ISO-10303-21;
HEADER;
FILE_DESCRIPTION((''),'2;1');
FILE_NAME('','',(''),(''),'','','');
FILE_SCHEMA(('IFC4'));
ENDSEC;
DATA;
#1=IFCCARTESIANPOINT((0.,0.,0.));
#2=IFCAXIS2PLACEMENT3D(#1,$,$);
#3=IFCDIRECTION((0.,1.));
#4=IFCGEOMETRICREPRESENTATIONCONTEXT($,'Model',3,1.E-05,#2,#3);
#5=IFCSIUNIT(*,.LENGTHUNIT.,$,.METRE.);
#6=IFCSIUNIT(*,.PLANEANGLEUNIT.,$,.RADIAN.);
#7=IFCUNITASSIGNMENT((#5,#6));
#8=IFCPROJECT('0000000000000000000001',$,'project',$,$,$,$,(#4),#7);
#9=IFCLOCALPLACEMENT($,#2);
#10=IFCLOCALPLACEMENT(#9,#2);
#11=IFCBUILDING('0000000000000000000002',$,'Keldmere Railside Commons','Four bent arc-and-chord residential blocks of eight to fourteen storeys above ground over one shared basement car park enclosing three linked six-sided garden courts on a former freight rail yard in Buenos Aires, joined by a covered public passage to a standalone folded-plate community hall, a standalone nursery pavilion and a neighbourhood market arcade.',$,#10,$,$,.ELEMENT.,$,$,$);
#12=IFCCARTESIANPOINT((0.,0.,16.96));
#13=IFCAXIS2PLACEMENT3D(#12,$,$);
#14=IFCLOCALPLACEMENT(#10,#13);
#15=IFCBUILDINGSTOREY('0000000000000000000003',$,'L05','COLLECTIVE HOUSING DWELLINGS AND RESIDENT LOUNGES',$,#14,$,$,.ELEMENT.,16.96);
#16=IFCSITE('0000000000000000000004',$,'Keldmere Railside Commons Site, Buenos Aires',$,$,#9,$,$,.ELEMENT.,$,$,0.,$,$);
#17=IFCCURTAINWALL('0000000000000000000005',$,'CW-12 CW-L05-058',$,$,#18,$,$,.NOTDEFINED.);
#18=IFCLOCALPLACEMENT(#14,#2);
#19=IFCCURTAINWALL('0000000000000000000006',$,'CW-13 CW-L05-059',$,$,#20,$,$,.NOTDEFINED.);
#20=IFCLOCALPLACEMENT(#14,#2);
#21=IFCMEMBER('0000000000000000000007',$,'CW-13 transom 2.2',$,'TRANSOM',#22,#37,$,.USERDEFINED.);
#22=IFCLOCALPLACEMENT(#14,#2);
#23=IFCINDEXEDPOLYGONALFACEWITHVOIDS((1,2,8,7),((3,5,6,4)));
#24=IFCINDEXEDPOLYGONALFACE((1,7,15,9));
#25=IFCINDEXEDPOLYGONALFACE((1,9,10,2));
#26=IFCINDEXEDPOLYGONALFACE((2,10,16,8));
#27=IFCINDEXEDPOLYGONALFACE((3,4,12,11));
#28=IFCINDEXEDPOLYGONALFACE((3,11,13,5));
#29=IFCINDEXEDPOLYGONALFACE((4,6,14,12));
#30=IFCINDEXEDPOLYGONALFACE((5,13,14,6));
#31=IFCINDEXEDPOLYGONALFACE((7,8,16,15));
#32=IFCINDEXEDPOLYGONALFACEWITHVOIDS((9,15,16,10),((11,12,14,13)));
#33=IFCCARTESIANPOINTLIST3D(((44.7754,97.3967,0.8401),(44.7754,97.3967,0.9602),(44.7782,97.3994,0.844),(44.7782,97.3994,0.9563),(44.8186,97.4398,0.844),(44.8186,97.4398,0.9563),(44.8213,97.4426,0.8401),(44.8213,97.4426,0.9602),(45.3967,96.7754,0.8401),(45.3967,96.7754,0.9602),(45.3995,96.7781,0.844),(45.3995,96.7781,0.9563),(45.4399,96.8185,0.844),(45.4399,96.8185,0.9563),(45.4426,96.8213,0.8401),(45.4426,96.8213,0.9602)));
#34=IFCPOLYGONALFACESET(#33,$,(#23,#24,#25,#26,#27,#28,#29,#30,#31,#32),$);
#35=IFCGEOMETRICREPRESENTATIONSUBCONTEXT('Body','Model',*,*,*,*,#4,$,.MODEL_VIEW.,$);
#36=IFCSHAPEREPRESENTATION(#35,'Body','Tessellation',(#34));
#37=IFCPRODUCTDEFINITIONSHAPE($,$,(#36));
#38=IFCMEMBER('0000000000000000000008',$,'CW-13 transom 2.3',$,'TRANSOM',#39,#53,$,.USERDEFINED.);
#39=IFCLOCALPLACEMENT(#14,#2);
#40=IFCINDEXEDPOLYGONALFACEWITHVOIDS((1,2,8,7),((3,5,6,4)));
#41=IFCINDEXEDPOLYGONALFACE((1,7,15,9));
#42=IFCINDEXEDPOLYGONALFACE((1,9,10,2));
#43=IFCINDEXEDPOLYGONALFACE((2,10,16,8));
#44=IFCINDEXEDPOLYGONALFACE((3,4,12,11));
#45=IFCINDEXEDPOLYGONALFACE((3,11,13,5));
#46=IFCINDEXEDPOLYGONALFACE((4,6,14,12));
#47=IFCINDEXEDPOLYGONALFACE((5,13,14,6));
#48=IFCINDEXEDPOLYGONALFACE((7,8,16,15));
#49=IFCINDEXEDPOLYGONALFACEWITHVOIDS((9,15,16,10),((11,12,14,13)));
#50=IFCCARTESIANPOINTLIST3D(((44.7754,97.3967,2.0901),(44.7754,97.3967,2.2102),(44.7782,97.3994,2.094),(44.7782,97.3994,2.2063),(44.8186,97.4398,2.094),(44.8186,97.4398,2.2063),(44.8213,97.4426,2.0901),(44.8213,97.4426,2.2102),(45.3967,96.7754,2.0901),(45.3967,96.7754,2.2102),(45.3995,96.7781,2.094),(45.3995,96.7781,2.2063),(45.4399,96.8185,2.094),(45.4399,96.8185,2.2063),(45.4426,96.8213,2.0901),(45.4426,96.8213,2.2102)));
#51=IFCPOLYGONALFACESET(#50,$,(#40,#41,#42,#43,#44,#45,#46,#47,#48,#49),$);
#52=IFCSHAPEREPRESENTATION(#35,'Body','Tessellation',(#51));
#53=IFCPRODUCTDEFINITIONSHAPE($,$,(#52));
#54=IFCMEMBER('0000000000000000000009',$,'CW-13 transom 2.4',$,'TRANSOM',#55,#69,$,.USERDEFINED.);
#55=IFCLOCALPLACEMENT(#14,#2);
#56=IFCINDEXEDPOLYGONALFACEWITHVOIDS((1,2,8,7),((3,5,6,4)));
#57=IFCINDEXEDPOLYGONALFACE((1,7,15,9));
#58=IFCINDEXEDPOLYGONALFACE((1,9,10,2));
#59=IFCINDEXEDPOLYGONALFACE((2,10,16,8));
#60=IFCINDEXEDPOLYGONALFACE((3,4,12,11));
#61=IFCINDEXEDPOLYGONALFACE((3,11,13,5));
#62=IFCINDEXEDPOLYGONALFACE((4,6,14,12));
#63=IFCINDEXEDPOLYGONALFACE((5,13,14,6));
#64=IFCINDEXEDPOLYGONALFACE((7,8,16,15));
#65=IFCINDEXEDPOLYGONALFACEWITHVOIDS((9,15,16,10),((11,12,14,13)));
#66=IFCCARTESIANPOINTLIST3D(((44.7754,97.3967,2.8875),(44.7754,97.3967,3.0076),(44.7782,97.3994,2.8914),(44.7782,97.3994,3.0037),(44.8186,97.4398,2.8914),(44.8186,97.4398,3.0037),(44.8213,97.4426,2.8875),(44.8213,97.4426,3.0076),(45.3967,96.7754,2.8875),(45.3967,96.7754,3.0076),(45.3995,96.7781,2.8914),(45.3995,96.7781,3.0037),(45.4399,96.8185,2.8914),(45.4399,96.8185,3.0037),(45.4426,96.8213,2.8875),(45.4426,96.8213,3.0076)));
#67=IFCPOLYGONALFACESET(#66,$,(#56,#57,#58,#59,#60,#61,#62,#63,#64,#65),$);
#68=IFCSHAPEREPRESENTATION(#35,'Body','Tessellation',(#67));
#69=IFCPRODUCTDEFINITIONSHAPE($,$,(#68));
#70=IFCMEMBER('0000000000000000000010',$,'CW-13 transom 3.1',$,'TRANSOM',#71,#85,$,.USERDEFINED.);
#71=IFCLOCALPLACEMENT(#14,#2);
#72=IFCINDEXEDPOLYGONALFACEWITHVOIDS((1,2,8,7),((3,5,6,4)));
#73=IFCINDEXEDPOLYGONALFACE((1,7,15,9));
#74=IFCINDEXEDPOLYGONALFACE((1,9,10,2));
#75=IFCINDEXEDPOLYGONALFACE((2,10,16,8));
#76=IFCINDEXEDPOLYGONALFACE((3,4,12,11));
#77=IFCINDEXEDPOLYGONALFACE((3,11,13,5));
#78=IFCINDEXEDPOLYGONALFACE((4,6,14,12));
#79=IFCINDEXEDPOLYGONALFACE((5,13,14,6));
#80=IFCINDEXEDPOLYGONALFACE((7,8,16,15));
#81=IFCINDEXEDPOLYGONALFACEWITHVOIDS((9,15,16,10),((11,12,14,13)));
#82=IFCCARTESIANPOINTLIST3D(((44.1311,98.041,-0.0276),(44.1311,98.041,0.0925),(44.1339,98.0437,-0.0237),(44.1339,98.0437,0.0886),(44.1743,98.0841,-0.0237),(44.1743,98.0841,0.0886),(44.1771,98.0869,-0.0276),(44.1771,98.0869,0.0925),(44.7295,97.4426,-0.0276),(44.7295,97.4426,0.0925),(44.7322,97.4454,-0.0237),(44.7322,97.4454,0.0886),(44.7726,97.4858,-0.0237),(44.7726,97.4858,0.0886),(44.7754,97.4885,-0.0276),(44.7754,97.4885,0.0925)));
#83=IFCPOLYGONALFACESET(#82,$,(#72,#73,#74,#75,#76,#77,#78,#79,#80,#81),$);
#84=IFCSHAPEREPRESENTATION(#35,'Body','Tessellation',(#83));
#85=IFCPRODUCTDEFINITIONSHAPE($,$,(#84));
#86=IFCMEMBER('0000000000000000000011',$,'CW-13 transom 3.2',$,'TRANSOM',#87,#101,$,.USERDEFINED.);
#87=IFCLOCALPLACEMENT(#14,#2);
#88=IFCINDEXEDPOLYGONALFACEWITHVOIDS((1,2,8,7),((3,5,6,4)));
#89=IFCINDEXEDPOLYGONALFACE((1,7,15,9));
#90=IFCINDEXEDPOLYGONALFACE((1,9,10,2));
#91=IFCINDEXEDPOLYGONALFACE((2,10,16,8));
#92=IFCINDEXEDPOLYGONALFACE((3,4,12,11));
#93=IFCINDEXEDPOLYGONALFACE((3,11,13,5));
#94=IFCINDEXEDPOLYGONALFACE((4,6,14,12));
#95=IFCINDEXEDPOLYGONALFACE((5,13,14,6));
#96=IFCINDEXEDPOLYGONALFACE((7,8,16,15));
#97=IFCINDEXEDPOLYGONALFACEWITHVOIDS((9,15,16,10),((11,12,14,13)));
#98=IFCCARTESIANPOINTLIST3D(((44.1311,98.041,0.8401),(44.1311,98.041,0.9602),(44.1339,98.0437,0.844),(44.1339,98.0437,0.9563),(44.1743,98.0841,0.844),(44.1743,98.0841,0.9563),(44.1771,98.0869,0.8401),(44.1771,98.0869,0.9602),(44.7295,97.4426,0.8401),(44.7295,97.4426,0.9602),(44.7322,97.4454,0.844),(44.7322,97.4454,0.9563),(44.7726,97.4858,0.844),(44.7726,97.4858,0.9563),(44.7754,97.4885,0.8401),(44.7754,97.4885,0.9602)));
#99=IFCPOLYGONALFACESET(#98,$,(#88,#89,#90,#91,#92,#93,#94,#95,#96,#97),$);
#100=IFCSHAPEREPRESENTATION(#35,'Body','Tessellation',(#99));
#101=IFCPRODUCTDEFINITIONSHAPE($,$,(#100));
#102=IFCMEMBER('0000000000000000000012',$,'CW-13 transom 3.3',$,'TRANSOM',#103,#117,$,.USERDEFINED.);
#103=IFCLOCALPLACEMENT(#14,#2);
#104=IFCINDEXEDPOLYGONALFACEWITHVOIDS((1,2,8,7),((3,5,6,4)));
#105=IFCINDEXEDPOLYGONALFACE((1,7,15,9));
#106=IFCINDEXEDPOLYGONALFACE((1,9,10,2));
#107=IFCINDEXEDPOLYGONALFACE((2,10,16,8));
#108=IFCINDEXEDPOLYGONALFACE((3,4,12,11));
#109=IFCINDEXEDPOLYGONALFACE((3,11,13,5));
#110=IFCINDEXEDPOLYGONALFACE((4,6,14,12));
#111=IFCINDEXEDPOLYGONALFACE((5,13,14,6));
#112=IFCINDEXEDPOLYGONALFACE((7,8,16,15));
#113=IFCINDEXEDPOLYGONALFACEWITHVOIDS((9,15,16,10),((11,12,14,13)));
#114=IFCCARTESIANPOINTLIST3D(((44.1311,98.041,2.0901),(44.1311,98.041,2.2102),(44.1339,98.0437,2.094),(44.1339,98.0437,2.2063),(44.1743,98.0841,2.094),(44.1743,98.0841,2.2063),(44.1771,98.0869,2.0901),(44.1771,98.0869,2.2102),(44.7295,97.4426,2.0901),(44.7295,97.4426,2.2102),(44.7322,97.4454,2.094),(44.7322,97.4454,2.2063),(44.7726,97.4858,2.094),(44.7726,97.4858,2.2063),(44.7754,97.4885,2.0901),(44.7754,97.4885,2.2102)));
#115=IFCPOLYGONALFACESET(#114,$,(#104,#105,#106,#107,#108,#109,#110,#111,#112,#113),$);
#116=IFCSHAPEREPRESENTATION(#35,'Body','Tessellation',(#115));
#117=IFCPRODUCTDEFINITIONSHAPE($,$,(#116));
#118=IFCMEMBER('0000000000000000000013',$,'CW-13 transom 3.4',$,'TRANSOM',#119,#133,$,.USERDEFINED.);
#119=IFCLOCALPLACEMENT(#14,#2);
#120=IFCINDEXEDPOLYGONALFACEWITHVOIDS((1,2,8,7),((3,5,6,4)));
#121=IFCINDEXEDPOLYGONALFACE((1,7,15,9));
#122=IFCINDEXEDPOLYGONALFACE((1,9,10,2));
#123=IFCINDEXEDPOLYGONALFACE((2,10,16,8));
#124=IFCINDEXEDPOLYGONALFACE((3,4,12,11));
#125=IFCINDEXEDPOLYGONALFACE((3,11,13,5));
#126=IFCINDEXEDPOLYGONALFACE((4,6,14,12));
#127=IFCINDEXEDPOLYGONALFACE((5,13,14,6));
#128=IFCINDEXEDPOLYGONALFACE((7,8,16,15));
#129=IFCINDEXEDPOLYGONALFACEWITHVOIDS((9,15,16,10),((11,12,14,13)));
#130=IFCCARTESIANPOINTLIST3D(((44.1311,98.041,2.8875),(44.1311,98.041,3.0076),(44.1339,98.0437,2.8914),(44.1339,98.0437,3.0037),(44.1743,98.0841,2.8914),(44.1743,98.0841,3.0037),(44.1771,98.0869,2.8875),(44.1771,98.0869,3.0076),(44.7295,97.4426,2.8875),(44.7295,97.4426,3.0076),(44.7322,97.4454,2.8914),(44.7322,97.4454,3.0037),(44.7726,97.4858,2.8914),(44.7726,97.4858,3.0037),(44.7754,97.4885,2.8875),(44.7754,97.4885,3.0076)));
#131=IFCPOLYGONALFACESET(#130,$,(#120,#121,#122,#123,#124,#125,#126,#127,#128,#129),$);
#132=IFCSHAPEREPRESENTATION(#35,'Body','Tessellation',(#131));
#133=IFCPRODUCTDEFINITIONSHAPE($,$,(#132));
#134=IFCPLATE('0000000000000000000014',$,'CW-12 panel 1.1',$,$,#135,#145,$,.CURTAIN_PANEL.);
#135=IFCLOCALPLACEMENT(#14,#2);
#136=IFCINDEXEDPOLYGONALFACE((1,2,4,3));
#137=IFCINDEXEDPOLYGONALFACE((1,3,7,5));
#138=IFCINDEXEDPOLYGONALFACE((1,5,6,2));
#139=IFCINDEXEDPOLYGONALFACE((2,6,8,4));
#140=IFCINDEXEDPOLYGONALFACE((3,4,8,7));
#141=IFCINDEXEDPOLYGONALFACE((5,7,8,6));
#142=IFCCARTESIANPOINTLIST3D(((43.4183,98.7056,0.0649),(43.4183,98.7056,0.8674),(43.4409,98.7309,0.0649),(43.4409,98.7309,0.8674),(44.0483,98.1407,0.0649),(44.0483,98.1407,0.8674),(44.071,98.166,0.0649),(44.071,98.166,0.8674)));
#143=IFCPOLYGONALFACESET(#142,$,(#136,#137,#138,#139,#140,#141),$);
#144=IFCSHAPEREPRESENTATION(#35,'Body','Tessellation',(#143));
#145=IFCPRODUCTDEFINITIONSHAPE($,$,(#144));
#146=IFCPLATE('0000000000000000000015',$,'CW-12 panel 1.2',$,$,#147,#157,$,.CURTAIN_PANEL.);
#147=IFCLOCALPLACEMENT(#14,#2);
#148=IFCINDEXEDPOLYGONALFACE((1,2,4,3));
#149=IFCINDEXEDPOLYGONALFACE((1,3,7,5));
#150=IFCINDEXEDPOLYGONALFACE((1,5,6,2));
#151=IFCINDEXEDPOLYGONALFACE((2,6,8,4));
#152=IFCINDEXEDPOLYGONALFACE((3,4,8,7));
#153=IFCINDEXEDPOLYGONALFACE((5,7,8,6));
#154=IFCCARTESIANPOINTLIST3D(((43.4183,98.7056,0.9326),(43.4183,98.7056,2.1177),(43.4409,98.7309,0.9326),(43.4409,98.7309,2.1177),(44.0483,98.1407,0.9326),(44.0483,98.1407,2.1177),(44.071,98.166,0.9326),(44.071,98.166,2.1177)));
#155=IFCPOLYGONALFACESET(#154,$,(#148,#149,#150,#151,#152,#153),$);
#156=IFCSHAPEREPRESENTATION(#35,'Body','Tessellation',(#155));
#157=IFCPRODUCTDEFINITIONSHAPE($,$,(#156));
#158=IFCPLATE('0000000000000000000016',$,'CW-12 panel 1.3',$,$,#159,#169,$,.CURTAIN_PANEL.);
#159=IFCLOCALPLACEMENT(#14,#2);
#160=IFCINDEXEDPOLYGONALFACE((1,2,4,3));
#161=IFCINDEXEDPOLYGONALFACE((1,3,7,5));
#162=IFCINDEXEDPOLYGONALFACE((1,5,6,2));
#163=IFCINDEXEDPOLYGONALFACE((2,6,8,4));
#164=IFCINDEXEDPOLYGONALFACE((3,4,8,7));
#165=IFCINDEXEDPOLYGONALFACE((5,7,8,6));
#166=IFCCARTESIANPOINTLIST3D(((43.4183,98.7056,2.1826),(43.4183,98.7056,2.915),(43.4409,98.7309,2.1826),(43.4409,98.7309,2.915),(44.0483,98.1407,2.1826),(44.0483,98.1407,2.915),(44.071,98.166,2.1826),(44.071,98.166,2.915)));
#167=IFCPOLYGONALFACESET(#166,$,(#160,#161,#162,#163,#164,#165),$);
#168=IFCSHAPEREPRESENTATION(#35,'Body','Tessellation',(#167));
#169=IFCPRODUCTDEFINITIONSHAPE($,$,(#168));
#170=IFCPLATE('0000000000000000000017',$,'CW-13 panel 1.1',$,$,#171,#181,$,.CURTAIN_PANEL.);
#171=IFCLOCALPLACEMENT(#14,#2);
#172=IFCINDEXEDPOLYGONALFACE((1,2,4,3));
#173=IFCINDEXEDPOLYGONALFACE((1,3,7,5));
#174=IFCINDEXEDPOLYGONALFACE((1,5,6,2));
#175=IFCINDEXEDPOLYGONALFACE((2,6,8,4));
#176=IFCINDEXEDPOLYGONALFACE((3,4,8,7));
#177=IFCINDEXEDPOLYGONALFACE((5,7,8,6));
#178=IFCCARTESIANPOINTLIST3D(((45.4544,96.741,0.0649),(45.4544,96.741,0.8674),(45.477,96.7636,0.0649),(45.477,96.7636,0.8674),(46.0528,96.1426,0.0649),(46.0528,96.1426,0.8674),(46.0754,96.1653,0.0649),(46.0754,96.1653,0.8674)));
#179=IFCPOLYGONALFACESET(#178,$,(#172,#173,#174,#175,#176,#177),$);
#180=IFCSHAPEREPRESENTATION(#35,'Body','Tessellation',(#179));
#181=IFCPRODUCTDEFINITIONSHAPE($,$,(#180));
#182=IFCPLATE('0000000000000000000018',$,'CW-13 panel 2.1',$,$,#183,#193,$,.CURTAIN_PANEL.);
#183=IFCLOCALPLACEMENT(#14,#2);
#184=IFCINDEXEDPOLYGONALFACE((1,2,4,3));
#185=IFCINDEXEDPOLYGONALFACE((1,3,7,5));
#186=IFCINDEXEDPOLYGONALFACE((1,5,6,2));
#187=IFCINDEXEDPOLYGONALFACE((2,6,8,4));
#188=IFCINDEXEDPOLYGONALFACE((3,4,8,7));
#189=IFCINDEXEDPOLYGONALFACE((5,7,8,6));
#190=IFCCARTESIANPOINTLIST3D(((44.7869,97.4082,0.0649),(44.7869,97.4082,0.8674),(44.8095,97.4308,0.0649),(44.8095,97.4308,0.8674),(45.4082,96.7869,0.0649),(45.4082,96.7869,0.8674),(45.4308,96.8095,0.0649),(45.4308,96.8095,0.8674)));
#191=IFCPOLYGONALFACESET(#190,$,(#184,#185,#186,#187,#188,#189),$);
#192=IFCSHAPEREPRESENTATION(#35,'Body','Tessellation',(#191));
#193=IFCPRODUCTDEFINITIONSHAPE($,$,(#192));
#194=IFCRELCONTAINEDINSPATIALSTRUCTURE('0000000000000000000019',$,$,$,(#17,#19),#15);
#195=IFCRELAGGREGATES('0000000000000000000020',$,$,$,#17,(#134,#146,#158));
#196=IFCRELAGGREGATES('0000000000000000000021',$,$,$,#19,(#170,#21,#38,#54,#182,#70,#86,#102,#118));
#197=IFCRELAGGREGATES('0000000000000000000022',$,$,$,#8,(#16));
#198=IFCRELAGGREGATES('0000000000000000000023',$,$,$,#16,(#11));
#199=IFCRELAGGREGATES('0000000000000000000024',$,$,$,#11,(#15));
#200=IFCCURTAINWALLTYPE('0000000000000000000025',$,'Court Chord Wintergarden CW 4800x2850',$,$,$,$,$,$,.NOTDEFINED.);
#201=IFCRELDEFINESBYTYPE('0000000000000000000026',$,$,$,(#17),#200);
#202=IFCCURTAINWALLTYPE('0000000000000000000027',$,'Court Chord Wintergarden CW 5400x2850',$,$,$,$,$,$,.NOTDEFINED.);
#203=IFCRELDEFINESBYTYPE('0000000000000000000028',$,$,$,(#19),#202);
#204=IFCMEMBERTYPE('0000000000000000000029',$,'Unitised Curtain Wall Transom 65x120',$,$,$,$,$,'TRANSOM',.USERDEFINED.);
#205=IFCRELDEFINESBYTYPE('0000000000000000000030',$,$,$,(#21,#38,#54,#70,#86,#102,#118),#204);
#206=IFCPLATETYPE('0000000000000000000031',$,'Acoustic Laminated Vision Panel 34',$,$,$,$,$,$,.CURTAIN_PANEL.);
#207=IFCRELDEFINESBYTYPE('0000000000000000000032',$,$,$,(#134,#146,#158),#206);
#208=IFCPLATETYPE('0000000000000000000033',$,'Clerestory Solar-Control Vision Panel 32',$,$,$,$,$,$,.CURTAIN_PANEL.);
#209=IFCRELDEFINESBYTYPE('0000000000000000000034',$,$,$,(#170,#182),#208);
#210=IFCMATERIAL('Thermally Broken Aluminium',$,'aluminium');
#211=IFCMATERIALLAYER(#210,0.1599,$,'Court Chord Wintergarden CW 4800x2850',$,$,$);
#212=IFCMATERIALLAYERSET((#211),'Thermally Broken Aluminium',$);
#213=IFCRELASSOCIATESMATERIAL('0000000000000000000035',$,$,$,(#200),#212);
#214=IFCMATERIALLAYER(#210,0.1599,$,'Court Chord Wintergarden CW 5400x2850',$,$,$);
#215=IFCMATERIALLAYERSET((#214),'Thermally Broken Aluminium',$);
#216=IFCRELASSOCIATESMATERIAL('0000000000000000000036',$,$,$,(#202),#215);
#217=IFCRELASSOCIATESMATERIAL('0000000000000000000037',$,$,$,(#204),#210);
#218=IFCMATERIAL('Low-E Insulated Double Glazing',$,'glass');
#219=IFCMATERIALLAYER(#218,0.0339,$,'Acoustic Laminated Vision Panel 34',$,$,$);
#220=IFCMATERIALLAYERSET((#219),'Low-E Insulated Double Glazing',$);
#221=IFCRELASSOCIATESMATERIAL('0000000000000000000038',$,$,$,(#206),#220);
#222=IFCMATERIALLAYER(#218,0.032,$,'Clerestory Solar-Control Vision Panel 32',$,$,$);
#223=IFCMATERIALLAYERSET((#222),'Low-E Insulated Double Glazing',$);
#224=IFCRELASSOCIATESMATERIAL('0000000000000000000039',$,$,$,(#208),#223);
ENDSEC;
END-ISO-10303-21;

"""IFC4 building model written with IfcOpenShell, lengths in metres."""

from ifc_helpers import new_model, si_unit, direction, frame, origin, origin_2d, place, context, subcontext, project, spatial, rectangle, hollow_rectangle, extrude, material, layer, layer_set, material_profile, profile_set, type_object, element, aggregate, save


model = new_model("IFC4")

# Units and contexts
model_context = context("Model", 3, precision=1e-05, world=origin(), true_north=direction((0.0, 1.0)))
body_context = subcontext(model_context, "Body", "Model", "MODEL_VIEW")
ifc_project = project(units=[si_unit("LENGTHUNIT", "METRE"), si_unit("PLANEANGLEUNIT", "RADIAN")], contexts=[model_context])

# Site, building, storey
site_placement = place(None, origin())
site = spatial("IfcSite", under=ifc_project, at=site_placement, Name="Keldmere Railside Commons Site, Buenos Aires", CompositionType="ELEMENT", RefElevation=0.0)
building_placement = place(site_placement, origin())
building = spatial("IfcBuilding", under=site, at=building_placement, Name="Keldmere Railside Commons", Description="Four bent arc-and-chord residential blocks of eight to fourteen storeys above ground over one shared basement car park enclosing three linked six-sided garden courts on a former freight rail yard in Buenos Aires, joined by a covered public passage to a standalone folded-plate community hall, a standalone nursery pavilion and a neighbourhood market arcade.", CompositionType="ELEMENT")
storey_placement = place(building_placement, frame((0.0, 0.0, 16.96)))
storey = spatial("IfcBuildingStorey", under=building, at=storey_placement, Name="L05", Description="COLLECTIVE HOUSING DWELLINGS AND RESIDENT LOUNGES", CompositionType="ELEMENT", Elevation=16.96)

# Curtain walls
ifc_material_1 = material(Name="Thermally Broken Aluminium", Category="aluminium")
ifc_layer_1 = layer(ifc_material_1, 0.1599, Name="Court Chord Wintergarden CW 4800x2850")
ifc_layer_set_1 = layer_set([ifc_layer_1], Name="Thermally Broken Aluminium")
curtain_wall_type_1 = type_object("IfcCurtainWallType", Name="Court Chord Wintergarden CW 4800x2850", PredefinedType="NOTDEFINED", material=ifc_layer_set_1)
curtain_wall_1_placement = place(storey_placement, origin())
curtain_wall_1 = element("IfcCurtainWall", 1, at=curtain_wall_1_placement, inside=storey, type_object=curtain_wall_type_1, Name="CW-12 CW-L05-058", PredefinedType="NOTDEFINED")
ifc_layer_2 = layer(ifc_material_1, 0.1599, Name="Court Chord Wintergarden CW 5400x2850")
ifc_layer_set_2 = layer_set([ifc_layer_2], Name="Thermally Broken Aluminium")
curtain_wall_type_2 = type_object("IfcCurtainWallType", Name="Court Chord Wintergarden CW 5400x2850", PredefinedType="NOTDEFINED", material=ifc_layer_set_2)
curtain_wall_2_placement = place(storey_placement, origin())
curtain_wall_2 = element("IfcCurtainWall", 2, at=curtain_wall_2_placement, inside=storey, type_object=curtain_wall_type_2, Name="CW-13 CW-L05-059", PredefinedType="NOTDEFINED")

# Members
ifc_material_profile_1 = material_profile(ifc_material_1, hollow_rectangle(XDim=0.0649, YDim=0.1201, WallThickness=0.0039, at=origin_2d()), Name="ALU-TRAN-65x120")
ifc_profile_set_1 = profile_set([ifc_material_profile_1], Name="Thermally Broken Aluminium")
member_type_1 = type_object("IfcMemberType", Name="Unitised Curtain Wall Transom 65x120", ElementType="TRANSOM", PredefinedType="USERDEFINED", material=ifc_profile_set_1)
member_1_placement = place(storey_placement, frame((45.4197, 96.7983, 0.9001), z_axis=(-0.707107, 0.707107, 0.0), x_axis=(-0.707107, -0.707107, 0.0)))
member_1 = element("IfcMember", 3, at=member_1_placement, type_object=member_type_1, Name="CW-13 transom 2.2", ObjectType="TRANSOM", PredefinedType="USERDEFINED", context=body_context, shape_type="SweptSolid", body=[
    extrude(hollow_rectangle(XDim=0.0649, YDim=0.1201, WallThickness=0.0039, at=origin_2d()), origin(), (0.0, 0.0, 1.0), 0.8787),
])
member_2_placement = place(storey_placement, frame((45.4197, 96.7983, 2.1501), z_axis=(-0.707107, 0.707107, 0.0), x_axis=(-0.707107, -0.707107, 0.0)))
member_2 = element("IfcMember", 4, at=member_2_placement, type_object=member_type_1, Name="CW-13 transom 2.3", ObjectType="TRANSOM", PredefinedType="USERDEFINED", context=body_context, shape_type="SweptSolid", body=[
    extrude(hollow_rectangle(XDim=0.0649, YDim=0.1201, WallThickness=0.0039, at=origin_2d()), origin(), (0.0, 0.0, 1.0), 0.8787),
])
member_3_placement = place(storey_placement, frame((45.4197, 96.7983, 2.9475), z_axis=(-0.707107, 0.707107, 0.0), x_axis=(-0.707107, -0.707107, 0.0)))
member_3 = element("IfcMember", 5, at=member_3_placement, type_object=member_type_1, Name="CW-13 transom 2.4", ObjectType="TRANSOM", PredefinedType="USERDEFINED", context=body_context, shape_type="SweptSolid", body=[
    extrude(hollow_rectangle(XDim=0.0649, YDim=0.1201, WallThickness=0.0039, at=origin_2d()), origin(), (0.0, 0.0, 1.0), 0.8787),
])
member_4_placement = place(storey_placement, frame((44.7524, 97.4656, 0.0325), z_axis=(-0.707107, 0.707107, 0.0), x_axis=(-0.707107, -0.707107, 0.0)))
member_4 = element("IfcMember", 6, at=member_4_placement, type_object=member_type_1, Name="CW-13 transom 3.1", ObjectType="TRANSOM", PredefinedType="USERDEFINED", context=body_context, shape_type="SweptSolid", body=[
    extrude(hollow_rectangle(XDim=0.0649, YDim=0.1201, WallThickness=0.0039, at=origin_2d()), origin(), (0.0, 0.0, 1.0), 0.8462),
])
member_5_placement = place(storey_placement, frame((44.7524, 97.4656, 0.9001), z_axis=(-0.707107, 0.707107, 0.0), x_axis=(-0.707107, -0.707107, 0.0)))
member_5 = element("IfcMember", 7, at=member_5_placement, type_object=member_type_1, Name="CW-13 transom 3.2", ObjectType="TRANSOM", PredefinedType="USERDEFINED", context=body_context, shape_type="SweptSolid", body=[
    extrude(hollow_rectangle(XDim=0.0649, YDim=0.1201, WallThickness=0.0039, at=origin_2d()), origin(), (0.0, 0.0, 1.0), 0.8462),
])
member_6_placement = place(storey_placement, frame((44.7524, 97.4656, 2.1501), z_axis=(-0.707107, 0.707107, 0.0), x_axis=(-0.707107, -0.707107, 0.0)))
member_6 = element("IfcMember", 8, at=member_6_placement, type_object=member_type_1, Name="CW-13 transom 3.3", ObjectType="TRANSOM", PredefinedType="USERDEFINED", context=body_context, shape_type="SweptSolid", body=[
    extrude(hollow_rectangle(XDim=0.0649, YDim=0.1201, WallThickness=0.0039, at=origin_2d()), origin(), (0.0, 0.0, 1.0), 0.8462),
])
member_7_placement = place(storey_placement, frame((44.7524, 97.4656, 2.9475), z_axis=(-0.707107, 0.707107, 0.0), x_axis=(-0.707107, -0.707107, 0.0)))
member_7 = element("IfcMember", 9, at=member_7_placement, type_object=member_type_1, Name="CW-13 transom 3.4", ObjectType="TRANSOM", PredefinedType="USERDEFINED", context=body_context, shape_type="SweptSolid", body=[
    extrude(hollow_rectangle(XDim=0.0649, YDim=0.1201, WallThickness=0.0039, at=origin_2d()), origin(), (0.0, 0.0, 1.0), 0.8462),
])

# Plates
ifc_material_2 = material(Name="Low-E Insulated Double Glazing", Category="glass")
ifc_layer_3 = layer(ifc_material_2, 0.0339, Name="Acoustic Laminated Vision Panel 34")
ifc_layer_set_3 = layer_set([ifc_layer_3], Name="Low-E Insulated Double Glazing")
plate_type_1 = type_object("IfcPlateType", Name="Acoustic Laminated Vision Panel 34", PredefinedType="CURTAIN_PANEL", material=ifc_layer_set_3)
plate_1_placement = place(storey_placement, frame((43.7446, 98.4358, 0.0649), z_axis=(0.0, 0.0, 1.0), x_axis=(-0.744557, 0.667559, 0.0)))
plate_1 = element("IfcPlate", 10, at=plate_1_placement, type_object=plate_type_1, Name="CW-12 panel 1.1", PredefinedType="CURTAIN_PANEL", context=body_context, shape_type="SweptSolid", body=[
    extrude(rectangle(XDim=0.8462, YDim=0.0339, at=origin_2d()), origin(), (0.0, 0.0, 1.0), 0.8025),
])
plate_2_placement = place(storey_placement, frame((43.7446, 98.4358, 0.9326), z_axis=(0.0, 0.0, 1.0), x_axis=(-0.744557, 0.667559, 0.0)))
plate_2 = element("IfcPlate", 11, at=plate_2_placement, type_object=plate_type_1, Name="CW-12 panel 1.2", PredefinedType="CURTAIN_PANEL", context=body_context, shape_type="SweptSolid", body=[
    extrude(rectangle(XDim=0.8462, YDim=0.0339, at=origin_2d()), origin(), (0.0, 0.0, 1.0), 1.1851),
])
plate_3_placement = place(storey_placement, frame((43.7446, 98.4358, 2.1826), z_axis=(0.0, 0.0, 1.0), x_axis=(-0.744557, 0.667559, 0.0)))
plate_3 = element("IfcPlate", 12, at=plate_3_placement, type_object=plate_type_1, Name="CW-12 panel 1.3", PredefinedType="CURTAIN_PANEL", context=body_context, shape_type="SweptSolid", body=[
    extrude(rectangle(XDim=0.8462, YDim=0.0339, at=origin_2d()), origin(), (0.0, 0.0, 1.0), 0.7324),
])
aggregate(curtain_wall_1, [plate_1, plate_2, plate_3])
ifc_layer_4 = layer(ifc_material_2, 0.032, Name="Clerestory Solar-Control Vision Panel 32")
ifc_layer_set_4 = layer_set([ifc_layer_4], Name="Low-E Insulated Double Glazing")
plate_type_2 = type_object("IfcPlateType", Name="Clerestory Solar-Control Vision Panel 32", PredefinedType="CURTAIN_PANEL", material=ifc_layer_set_4)
plate_4_placement = place(storey_placement, frame((45.7649, 96.4531, 0.0649), z_axis=(0.0, 0.0, 1.0), x_axis=(-0.707107, 0.707107, 0.0)))
plate_4 = element("IfcPlate", 13, at=plate_4_placement, type_object=plate_type_2, Name="CW-13 panel 1.1", PredefinedType="CURTAIN_PANEL", context=body_context, shape_type="SweptSolid", body=[
    extrude(rectangle(XDim=0.8462, YDim=0.032, at=origin_2d()), origin(), (0.0, 0.0, 1.0), 0.8025),
])
plate_5_placement = place(storey_placement, frame((45.1089, 97.1089, 0.0649), z_axis=(0.0, 0.0, 1.0), x_axis=(-0.707107, 0.707107, 0.0)))
plate_5 = element("IfcPlate", 14, at=plate_5_placement, type_object=plate_type_2, Name="CW-13 panel 2.1", PredefinedType="CURTAIN_PANEL", context=body_context, shape_type="SweptSolid", body=[
    extrude(rectangle(XDim=0.8787, YDim=0.032, at=origin_2d()), origin(), (0.0, 0.0, 1.0), 0.8025),
])
aggregate(curtain_wall_2, [plate_4, member_1, member_2, member_3, plate_5, member_4, member_5, member_6, member_7])

save(model, "model.ifc")
